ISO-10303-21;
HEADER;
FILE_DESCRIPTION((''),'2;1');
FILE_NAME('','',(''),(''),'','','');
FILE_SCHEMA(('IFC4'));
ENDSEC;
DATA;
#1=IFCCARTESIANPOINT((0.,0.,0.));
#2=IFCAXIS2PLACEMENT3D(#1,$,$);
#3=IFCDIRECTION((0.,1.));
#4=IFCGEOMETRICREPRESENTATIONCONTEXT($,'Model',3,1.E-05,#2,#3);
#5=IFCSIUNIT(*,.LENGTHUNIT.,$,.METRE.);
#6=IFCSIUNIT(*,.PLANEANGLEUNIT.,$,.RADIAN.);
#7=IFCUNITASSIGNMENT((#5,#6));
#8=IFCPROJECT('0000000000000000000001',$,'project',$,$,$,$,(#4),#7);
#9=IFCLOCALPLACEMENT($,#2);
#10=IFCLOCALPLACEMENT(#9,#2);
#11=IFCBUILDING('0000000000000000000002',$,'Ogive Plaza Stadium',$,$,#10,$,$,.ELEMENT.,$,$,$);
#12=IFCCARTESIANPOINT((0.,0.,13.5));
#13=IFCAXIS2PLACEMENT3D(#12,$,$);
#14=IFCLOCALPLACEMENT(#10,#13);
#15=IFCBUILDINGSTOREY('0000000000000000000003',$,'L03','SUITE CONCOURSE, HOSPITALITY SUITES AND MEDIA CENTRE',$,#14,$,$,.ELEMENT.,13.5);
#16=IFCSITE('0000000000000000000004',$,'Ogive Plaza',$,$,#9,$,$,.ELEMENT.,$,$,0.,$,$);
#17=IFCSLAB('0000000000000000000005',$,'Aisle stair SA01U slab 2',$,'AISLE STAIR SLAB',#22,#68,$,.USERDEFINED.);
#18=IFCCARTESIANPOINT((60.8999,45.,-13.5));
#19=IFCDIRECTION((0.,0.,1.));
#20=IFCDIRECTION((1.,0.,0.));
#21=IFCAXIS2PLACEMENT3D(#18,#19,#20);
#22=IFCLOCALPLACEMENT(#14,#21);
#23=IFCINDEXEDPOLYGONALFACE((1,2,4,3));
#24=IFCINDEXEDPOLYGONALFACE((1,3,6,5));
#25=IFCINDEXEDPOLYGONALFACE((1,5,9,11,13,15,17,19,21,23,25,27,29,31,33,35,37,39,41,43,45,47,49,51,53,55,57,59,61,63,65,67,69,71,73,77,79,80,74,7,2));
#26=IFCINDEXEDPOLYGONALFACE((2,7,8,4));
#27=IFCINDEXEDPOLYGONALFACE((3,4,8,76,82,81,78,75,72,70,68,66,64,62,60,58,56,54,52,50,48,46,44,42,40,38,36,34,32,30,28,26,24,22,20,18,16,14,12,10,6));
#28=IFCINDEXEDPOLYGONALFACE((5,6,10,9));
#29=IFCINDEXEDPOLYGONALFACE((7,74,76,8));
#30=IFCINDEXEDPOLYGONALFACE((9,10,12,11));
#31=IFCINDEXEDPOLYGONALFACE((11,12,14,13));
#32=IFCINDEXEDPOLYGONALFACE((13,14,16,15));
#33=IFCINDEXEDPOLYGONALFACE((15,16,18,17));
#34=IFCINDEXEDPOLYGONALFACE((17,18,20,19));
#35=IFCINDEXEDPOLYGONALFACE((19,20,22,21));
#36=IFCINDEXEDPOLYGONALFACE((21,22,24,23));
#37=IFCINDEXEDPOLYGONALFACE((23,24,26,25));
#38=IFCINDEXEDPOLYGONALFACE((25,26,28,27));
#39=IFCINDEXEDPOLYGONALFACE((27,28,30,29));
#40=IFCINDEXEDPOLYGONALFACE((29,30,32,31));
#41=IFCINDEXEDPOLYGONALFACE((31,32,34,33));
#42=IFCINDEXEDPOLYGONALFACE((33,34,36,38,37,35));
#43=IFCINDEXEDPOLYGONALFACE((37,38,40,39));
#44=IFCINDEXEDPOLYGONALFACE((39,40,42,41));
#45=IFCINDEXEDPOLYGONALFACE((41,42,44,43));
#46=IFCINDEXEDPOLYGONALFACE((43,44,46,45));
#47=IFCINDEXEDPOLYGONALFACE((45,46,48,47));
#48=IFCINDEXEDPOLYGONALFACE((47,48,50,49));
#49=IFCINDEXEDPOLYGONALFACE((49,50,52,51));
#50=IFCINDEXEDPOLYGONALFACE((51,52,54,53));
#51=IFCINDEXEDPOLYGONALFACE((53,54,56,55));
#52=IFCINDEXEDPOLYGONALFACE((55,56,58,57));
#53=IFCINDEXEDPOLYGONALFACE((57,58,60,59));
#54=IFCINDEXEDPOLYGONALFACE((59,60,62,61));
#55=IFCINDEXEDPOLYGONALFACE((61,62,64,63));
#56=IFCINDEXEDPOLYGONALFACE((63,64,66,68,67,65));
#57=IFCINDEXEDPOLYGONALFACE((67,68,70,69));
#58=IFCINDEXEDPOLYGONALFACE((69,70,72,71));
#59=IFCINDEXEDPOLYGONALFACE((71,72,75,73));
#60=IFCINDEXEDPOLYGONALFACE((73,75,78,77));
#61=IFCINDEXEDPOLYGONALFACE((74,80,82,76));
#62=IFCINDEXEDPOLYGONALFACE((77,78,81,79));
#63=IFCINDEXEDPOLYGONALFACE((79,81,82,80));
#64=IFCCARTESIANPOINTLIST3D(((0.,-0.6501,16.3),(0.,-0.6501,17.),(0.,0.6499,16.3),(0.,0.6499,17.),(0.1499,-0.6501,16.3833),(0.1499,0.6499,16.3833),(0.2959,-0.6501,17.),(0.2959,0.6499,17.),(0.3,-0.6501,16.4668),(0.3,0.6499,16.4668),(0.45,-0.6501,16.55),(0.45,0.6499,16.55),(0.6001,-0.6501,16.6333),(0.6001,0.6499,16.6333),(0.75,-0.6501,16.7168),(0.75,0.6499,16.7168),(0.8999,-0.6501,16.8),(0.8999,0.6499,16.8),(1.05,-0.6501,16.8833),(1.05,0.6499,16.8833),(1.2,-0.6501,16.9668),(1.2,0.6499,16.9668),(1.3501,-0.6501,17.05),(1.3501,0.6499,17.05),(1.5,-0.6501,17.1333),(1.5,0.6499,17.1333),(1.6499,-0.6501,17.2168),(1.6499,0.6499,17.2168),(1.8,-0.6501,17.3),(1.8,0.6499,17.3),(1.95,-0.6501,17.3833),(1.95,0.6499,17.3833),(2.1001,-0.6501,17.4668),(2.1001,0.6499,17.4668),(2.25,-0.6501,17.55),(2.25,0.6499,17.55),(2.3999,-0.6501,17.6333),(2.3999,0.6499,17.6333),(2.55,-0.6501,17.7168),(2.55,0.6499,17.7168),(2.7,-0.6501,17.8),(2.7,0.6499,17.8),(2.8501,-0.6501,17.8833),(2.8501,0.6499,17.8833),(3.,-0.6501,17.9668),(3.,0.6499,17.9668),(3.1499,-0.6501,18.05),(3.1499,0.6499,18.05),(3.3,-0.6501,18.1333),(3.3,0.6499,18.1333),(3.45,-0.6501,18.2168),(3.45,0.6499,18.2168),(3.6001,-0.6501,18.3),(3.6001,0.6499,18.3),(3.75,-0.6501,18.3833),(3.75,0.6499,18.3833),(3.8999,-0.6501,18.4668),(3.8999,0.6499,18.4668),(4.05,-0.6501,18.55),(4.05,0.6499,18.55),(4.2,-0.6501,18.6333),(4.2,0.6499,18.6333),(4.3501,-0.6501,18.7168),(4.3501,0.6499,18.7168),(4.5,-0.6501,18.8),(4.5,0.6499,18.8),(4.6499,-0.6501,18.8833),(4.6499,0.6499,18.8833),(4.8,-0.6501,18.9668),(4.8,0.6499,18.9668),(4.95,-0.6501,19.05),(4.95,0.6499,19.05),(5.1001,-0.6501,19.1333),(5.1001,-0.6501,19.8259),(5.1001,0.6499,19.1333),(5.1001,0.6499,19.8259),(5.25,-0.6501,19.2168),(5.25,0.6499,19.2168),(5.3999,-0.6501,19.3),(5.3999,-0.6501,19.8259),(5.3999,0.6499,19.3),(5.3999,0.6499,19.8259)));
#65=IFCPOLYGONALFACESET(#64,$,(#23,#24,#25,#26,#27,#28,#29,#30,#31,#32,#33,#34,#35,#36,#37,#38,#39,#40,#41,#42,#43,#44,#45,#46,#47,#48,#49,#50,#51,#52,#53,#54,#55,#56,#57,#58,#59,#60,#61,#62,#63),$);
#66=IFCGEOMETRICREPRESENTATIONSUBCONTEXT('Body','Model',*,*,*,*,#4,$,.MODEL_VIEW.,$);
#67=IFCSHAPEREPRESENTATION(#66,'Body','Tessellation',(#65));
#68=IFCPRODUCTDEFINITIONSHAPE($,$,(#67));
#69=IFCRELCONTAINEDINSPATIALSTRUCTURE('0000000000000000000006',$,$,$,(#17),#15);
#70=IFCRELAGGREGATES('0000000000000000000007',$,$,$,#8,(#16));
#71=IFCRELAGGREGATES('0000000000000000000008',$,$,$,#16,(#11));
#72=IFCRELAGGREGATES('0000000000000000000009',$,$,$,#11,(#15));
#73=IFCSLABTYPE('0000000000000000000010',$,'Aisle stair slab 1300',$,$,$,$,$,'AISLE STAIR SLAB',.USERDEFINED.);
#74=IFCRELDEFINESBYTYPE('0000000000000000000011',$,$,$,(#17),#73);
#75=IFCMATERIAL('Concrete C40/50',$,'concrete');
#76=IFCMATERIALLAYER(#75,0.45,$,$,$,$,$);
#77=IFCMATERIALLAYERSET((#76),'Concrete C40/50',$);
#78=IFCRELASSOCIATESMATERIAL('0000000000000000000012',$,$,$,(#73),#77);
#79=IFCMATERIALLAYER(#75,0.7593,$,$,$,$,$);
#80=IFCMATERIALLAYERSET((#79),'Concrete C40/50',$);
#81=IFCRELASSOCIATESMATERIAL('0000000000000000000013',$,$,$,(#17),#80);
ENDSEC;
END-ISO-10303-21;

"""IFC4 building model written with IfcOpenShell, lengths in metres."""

from ifc_helpers import new_model, si_unit, direction, frame, origin, place, context, subcontext, project, spatial, polyline, outline, extrude, material, layer, layer_set, type_object, element, save


model = new_model("IFC4")

# Units and contexts
model_context = context("Model", 3, precision=1e-05, world=origin(), true_north=direction((0.0, 1.0)))
body_context = subcontext(model_context, "Body", "Model", "MODEL_VIEW")
ifc_project = project(units=[si_unit("LENGTHUNIT", "METRE"), si_unit("PLANEANGLEUNIT", "RADIAN")], contexts=[model_context])

# Site, building, storey
site_placement = place(None, origin())
site = spatial("IfcSite", under=ifc_project, at=site_placement, Name="Ogive Plaza", CompositionType="ELEMENT", RefElevation=0.0)
building_placement = place(site_placement, origin())
building = spatial("IfcBuilding", under=site, at=building_placement, Name="Ogive Plaza Stadium", CompositionType="ELEMENT")
storey_placement = place(building_placement, frame((0.0, 0.0, 13.5)))
storey = spatial("IfcBuildingStorey", under=building, at=storey_placement, Name="L03", Description="SUITE CONCOURSE, HOSPITALITY SUITES AND MEDIA CENTRE", CompositionType="ELEMENT", Elevation=13.5)

# Slab
ifc_material_1 = material(Name="Concrete C40/50", Category="concrete")
ifc_layer_1 = layer(ifc_material_1, 0.7593)
ifc_layer_set_1 = layer_set([ifc_layer_1], Name="Concrete C40/50")
ifc_layer_2 = layer(ifc_material_1, 0.45)
ifc_layer_set_2 = layer_set([ifc_layer_2], Name="Concrete C40/50")
slab_type = type_object("IfcSlabType", Name="Aisle stair slab 1300", ElementType="AISLE STAIR SLAB", PredefinedType="USERDEFINED", material=ifc_layer_set_2)
slab_placement = place(storey_placement, frame((60.8999, 45.0, -13.5), z_axis=(0.0, 0.0, 1.0), x_axis=(1.0, 0.0, 0.0)))
element("IfcSlab", 1, at=slab_placement, inside=storey, type_object=slab_type, material=ifc_layer_set_1, Name="Aisle stair SA01U slab 2", ObjectType="AISLE STAIR SLAB", PredefinedType="USERDEFINED", context=body_context, shape_type="SweptSolid", body=[
    extrude(outline(polyline([(0.0, 17.0), (0.2959, 17.0), (5.1001, 19.8259), (5.3999, 19.8259), (5.3999, 19.3), (5.25, 19.2168), (5.1001, 19.1333), (4.95, 19.05), (4.8, 18.9668), (4.6499, 18.8833), (4.5, 18.8), (4.3501, 18.7168), (4.2, 18.6333), (4.05, 18.55), (3.8999, 18.4668), (3.75, 18.3833), (3.6001, 18.3), (3.45, 18.2168), (3.3, 18.1333), (3.1499, 18.05), (3.0, 17.9668), (2.8501, 17.8833), (2.7, 17.8), (2.55, 17.7168), (2.3999, 17.6333), (2.25, 17.55), (2.1001, 17.4668), (1.95, 17.3833), (1.8, 17.3), (1.6499, 17.2168), (1.5, 17.1333), (1.3501, 17.05), (1.2, 16.9668), (1.05, 16.8833), (0.8999, 16.8), (0.75, 16.7168), (0.6001, 16.6333), (0.45, 16.55), (0.3, 16.4668), (0.1499, 16.3833), (0.0, 16.3), (0.0, 17.0)])), frame((0.0, 0.6499, 0.0), z_axis=(0.0, -1.0, 0.0), x_axis=(1.0, 0.0, 0.0)), (0.0, 0.0, 1.0), 1.3),
])

save(model, "model.ifc")
